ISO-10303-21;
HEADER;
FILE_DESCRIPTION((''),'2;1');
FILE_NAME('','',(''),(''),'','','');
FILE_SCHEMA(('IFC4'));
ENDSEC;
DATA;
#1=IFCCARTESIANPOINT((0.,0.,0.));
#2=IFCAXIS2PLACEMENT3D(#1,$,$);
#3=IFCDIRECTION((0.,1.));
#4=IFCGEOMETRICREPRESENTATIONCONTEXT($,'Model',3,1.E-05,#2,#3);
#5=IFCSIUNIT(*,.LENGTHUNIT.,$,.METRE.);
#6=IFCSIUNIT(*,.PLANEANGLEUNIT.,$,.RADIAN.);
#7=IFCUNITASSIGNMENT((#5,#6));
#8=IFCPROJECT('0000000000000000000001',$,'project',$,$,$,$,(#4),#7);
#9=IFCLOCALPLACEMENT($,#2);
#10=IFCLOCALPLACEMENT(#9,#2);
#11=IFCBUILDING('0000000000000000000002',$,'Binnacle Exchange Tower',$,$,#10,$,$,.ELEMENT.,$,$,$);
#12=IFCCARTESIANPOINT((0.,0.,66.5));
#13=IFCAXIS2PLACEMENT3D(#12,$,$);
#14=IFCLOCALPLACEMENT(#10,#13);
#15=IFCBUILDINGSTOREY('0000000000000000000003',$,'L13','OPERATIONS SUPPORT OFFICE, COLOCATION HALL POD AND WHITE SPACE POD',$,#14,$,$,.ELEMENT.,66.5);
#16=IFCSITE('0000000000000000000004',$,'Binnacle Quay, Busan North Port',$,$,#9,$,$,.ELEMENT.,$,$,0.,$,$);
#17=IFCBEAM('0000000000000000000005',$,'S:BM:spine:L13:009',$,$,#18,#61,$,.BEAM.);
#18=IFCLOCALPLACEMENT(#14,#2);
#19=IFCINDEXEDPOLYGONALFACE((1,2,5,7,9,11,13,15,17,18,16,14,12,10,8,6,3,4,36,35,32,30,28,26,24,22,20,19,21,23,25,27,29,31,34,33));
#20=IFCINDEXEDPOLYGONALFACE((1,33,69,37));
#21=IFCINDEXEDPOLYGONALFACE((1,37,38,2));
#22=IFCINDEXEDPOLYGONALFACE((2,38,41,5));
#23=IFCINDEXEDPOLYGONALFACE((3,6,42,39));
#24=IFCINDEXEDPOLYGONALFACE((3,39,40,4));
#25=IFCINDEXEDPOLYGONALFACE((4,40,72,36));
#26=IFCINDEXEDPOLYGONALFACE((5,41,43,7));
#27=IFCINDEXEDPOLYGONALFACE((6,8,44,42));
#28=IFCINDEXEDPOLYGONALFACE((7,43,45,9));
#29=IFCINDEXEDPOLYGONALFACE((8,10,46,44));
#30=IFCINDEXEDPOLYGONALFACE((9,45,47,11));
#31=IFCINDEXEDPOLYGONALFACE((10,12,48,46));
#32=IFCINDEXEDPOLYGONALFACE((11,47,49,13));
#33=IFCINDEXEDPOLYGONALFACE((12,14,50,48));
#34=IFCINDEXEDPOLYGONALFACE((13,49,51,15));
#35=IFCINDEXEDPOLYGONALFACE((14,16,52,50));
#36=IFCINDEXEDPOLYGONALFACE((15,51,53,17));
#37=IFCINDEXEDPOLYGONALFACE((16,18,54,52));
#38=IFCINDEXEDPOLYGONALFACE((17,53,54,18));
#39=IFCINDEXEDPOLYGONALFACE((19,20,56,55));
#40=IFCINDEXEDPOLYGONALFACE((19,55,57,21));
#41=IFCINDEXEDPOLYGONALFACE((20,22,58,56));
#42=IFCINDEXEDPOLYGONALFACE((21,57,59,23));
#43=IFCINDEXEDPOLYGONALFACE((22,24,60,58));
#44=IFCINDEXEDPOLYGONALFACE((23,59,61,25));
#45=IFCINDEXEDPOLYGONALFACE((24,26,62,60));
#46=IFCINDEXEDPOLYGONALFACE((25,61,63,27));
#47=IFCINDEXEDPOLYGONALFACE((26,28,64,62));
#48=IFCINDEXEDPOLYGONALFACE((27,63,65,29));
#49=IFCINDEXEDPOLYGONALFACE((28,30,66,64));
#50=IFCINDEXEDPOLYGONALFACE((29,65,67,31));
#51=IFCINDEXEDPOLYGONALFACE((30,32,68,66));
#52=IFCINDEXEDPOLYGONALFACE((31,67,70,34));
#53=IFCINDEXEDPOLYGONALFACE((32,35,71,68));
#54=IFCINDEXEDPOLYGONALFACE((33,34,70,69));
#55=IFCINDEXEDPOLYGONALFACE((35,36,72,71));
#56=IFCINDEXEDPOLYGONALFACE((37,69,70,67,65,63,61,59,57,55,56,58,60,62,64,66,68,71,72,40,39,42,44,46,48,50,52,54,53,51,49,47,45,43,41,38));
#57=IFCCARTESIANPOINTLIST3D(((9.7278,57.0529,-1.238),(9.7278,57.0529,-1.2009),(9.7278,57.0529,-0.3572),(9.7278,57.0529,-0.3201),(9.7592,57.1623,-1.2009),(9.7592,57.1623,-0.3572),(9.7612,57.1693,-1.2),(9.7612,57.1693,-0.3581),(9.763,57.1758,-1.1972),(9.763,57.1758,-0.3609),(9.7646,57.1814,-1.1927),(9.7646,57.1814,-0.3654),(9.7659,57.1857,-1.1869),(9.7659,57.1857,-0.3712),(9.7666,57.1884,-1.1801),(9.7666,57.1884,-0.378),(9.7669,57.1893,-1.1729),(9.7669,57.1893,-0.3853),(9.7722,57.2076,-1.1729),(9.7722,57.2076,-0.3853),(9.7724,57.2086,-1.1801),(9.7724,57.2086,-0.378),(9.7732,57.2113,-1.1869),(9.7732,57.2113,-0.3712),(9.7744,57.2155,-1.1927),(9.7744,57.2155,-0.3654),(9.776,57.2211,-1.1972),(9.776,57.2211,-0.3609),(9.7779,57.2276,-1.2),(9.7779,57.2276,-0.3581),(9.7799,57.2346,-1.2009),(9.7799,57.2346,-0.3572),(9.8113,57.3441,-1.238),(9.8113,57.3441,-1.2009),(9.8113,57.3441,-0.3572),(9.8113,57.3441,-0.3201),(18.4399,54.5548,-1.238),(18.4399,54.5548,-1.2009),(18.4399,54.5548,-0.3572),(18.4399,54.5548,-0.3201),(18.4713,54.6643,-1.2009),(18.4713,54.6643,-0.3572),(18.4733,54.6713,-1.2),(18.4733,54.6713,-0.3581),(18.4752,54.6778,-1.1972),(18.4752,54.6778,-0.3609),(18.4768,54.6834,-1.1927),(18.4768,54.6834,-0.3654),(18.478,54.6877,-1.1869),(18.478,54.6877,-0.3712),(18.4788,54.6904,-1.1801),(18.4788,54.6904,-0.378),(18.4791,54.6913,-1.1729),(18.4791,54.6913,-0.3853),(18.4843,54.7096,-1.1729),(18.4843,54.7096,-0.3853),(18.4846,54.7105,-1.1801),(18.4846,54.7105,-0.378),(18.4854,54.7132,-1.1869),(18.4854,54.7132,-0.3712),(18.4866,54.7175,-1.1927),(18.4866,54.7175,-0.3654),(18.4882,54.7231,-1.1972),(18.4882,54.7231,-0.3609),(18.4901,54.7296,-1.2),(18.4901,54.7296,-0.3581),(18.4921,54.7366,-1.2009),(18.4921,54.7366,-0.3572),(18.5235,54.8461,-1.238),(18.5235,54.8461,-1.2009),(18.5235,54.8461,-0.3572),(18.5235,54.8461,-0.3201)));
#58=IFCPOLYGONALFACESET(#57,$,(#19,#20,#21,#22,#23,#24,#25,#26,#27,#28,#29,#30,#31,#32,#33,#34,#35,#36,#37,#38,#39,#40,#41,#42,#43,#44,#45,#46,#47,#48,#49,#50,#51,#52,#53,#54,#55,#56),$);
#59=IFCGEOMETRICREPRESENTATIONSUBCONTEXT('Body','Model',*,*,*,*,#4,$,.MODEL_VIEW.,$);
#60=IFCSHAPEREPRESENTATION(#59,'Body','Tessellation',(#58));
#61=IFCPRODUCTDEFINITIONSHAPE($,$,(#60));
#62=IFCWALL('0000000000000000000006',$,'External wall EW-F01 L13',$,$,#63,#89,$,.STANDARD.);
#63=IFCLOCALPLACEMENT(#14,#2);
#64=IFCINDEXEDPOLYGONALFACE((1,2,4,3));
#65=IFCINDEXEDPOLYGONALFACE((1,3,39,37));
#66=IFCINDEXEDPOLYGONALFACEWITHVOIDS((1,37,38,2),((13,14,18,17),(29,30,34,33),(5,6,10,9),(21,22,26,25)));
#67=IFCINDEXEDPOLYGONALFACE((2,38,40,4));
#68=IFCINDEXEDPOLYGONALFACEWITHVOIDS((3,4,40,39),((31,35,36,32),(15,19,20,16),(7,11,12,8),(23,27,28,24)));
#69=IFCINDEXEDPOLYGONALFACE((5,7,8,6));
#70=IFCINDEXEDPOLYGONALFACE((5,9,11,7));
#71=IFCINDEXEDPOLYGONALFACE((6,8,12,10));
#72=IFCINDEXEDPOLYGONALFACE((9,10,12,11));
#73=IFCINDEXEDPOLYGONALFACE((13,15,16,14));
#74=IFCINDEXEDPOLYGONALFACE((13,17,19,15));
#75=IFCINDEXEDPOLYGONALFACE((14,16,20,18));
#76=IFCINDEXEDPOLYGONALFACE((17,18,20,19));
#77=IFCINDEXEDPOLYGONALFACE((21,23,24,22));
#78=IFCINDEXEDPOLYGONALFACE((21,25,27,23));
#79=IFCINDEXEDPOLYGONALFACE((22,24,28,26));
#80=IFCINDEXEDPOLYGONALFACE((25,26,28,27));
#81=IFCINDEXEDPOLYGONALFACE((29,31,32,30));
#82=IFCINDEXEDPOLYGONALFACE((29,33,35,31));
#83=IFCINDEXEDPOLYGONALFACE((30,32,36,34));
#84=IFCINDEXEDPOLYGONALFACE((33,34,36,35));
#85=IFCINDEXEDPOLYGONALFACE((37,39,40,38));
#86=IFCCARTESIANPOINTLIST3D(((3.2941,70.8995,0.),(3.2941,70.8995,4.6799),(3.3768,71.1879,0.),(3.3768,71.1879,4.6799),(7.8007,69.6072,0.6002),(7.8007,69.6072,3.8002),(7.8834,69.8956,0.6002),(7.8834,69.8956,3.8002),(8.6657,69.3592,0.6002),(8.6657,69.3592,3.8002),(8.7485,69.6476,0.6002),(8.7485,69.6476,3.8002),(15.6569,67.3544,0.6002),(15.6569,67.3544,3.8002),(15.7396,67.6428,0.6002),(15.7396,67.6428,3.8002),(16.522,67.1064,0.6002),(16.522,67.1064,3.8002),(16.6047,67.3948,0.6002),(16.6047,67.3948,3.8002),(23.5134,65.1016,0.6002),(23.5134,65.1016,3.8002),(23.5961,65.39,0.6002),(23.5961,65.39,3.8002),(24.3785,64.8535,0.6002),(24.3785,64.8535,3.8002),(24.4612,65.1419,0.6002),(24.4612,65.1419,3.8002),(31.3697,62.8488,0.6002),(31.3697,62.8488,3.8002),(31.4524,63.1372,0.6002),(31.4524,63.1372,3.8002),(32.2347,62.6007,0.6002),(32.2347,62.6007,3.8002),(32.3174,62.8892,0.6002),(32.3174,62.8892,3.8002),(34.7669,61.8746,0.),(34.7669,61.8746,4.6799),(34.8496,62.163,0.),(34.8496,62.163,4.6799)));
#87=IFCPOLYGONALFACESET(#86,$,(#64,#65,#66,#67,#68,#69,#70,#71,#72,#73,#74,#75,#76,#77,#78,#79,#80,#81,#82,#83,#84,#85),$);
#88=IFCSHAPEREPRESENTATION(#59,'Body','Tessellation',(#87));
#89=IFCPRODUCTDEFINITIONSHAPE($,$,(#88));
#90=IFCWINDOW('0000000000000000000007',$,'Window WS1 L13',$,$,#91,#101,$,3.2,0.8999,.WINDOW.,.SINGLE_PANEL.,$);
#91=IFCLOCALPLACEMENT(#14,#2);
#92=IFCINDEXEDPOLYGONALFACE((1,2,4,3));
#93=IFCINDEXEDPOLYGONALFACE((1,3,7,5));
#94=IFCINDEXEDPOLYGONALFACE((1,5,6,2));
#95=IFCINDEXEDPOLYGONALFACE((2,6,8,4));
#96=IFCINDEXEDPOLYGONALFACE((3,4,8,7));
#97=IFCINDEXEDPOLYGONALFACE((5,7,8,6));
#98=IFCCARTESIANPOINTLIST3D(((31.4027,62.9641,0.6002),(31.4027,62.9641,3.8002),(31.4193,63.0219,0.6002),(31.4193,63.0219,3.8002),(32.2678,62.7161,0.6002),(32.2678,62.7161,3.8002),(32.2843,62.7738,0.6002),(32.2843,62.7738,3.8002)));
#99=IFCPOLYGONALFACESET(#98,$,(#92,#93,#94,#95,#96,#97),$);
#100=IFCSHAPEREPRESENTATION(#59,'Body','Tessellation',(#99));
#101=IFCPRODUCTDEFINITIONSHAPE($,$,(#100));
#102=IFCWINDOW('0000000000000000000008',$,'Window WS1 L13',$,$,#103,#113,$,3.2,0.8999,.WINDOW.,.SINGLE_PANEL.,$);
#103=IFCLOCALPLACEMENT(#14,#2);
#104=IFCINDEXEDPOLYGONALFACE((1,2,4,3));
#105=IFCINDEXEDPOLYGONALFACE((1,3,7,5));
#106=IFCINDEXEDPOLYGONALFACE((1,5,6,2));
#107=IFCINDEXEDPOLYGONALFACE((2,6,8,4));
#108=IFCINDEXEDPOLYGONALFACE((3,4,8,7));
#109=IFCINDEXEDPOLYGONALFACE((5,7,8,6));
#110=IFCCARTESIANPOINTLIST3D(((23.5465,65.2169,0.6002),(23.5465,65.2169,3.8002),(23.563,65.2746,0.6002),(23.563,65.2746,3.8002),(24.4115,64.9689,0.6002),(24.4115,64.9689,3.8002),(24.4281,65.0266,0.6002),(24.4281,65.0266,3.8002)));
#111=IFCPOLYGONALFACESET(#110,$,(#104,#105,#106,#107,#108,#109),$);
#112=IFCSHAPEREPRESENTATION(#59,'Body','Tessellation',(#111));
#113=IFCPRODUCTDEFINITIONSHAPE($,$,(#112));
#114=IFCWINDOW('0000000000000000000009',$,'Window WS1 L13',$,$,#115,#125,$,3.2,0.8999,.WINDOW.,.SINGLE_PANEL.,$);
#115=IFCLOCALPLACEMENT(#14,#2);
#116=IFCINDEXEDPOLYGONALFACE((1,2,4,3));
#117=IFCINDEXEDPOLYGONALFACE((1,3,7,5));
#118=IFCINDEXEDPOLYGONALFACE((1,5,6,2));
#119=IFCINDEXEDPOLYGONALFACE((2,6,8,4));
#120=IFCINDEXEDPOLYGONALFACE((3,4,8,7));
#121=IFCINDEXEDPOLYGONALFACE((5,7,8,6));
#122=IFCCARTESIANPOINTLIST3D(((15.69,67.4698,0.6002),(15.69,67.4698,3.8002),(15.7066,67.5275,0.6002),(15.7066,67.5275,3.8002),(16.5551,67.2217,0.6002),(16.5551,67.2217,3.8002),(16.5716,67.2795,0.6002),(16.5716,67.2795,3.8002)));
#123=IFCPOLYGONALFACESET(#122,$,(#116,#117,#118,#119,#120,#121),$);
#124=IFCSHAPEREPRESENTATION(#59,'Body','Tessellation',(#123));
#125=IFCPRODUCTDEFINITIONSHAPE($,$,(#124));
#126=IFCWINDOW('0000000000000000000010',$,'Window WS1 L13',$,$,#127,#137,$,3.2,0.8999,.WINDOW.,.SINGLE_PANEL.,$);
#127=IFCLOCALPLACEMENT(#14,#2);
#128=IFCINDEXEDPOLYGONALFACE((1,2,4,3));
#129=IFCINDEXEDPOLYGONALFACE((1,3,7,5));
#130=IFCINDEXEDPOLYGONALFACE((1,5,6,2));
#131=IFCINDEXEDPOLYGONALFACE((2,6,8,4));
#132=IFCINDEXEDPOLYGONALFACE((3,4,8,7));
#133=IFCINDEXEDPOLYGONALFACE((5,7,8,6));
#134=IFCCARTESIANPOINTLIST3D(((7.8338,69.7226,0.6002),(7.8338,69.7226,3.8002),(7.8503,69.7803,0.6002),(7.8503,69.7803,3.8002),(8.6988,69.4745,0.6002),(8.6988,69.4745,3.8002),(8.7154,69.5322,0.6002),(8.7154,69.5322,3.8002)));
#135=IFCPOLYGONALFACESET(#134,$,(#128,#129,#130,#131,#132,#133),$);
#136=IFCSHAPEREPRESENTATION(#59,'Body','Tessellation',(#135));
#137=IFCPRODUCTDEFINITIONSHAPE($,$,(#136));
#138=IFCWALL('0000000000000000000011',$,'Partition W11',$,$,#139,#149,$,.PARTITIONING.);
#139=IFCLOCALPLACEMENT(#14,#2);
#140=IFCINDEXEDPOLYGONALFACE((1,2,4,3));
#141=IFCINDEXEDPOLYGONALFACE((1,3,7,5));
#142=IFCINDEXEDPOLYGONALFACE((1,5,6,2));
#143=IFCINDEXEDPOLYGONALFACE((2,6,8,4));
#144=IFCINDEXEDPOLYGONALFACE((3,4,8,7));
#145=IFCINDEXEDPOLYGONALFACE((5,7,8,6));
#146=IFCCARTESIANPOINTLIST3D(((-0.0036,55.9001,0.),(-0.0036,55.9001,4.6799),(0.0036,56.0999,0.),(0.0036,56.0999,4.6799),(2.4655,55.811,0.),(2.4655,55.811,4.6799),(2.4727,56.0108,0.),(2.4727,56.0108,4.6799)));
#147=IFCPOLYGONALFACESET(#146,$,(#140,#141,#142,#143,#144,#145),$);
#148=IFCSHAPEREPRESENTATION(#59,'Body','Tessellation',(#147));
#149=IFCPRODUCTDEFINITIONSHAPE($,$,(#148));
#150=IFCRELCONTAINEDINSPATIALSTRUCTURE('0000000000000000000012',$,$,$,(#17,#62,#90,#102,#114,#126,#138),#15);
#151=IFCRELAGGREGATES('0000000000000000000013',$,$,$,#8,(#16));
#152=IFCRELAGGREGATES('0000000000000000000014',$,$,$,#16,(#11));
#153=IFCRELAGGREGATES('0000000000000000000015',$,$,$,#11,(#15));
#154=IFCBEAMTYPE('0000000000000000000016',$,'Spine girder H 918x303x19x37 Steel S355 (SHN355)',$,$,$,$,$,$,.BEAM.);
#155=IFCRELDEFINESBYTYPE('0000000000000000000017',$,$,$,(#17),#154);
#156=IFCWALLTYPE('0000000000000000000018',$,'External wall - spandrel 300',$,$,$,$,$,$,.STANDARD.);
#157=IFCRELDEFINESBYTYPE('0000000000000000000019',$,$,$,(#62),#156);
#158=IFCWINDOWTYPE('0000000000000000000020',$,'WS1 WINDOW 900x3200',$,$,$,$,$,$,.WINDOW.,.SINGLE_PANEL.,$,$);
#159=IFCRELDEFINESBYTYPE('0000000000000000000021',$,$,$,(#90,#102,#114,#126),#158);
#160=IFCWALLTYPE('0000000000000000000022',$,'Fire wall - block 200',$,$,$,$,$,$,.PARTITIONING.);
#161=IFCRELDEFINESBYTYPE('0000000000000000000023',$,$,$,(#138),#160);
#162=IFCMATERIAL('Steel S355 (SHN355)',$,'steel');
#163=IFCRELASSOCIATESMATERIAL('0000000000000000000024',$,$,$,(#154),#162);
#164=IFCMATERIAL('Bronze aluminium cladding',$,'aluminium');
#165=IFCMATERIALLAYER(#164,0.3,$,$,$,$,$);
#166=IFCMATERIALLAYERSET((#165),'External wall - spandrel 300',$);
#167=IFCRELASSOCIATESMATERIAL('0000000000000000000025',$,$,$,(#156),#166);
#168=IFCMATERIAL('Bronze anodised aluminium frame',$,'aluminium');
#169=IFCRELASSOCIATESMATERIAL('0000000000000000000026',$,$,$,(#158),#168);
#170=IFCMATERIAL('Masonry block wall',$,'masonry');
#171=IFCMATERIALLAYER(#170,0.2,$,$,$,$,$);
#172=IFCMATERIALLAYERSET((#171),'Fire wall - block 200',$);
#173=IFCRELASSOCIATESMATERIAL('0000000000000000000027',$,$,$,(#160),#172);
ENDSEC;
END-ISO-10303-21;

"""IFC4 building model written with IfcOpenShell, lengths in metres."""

from ifc_helpers import new_model, si_unit, direction, frame, frame_2d, origin, origin_2d, place, context, subcontext, project, spatial, rectangle, i_section, extrude, material, layer, layer_set, material_profile, profile_set, type_object, element, fill, save


model = new_model("IFC4")

# Units and contexts
model_context = context("Model", 3, precision=1e-05, world=origin(), true_north=direction((0.0, 1.0)))
body_context = subcontext(model_context, "Body", "Model", "MODEL_VIEW")
ifc_project = project(units=[si_unit("LENGTHUNIT", "METRE"), si_unit("PLANEANGLEUNIT", "RADIAN")], contexts=[model_context])

# Site, building, storey
site_placement = place(None, origin())
site = spatial("IfcSite", under=ifc_project, at=site_placement, Name="Binnacle Quay, Busan North Port", CompositionType="ELEMENT", RefElevation=0.0)
building_placement = place(site_placement, origin())
building = spatial("IfcBuilding", under=site, at=building_placement, Name="Binnacle Exchange Tower", CompositionType="ELEMENT")
storey_placement = place(building_placement, frame((0.0, 0.0, 66.5)))
storey = spatial("IfcBuildingStorey", under=building, at=storey_placement, Name="L13", Description="OPERATIONS SUPPORT OFFICE, COLOCATION HALL POD AND WHITE SPACE POD", CompositionType="ELEMENT", Elevation=66.5)

# Beam
ifc_material_1 = material(Name="Steel S355 (SHN355)", Category="steel")
ifc_material_profile_1 = material_profile(ifc_material_1, i_section(OverallWidth=0.303, OverallDepth=0.918, WebThickness=0.019, FlangeThickness=0.0371, FilletRadius=0.0281, at=origin_2d()), Name="H 918x303x19x37")
ifc_profile_set_1 = profile_set([ifc_material_profile_1], Name="Steel S355 (SHN355)")
beam_type_1 = type_object("IfcBeamType", Name="Spine girder H 918x303x19x37 Steel S355 (SHN355)", PredefinedType="BEAM", material=ifc_profile_set_1)
beam_1_placement = place(storey_placement, frame((9.7695, 57.1985, -0.7791), z_axis=(0.961265, -0.275625, 0.0), x_axis=(0.275625, 0.961265, 0.0)))
element("IfcBeam", 1, at=beam_1_placement, inside=storey, type_object=beam_type_1, Name="S:BM:spine:L13:009", PredefinedType="BEAM", context=body_context, shape_type="SweptSolid", body=[
    extrude(i_section(OverallWidth=0.303, OverallDepth=0.918, WebThickness=0.019, FlangeThickness=0.0371, FilletRadius=0.0281, at=origin_2d()), origin(), (0.0, 0.0, 1.0), 9.0632),
])

# Wall, openings, windows
ifc_material_2 = material(Name="Bronze aluminium cladding", Category="aluminium")
ifc_layer_1 = layer(ifc_material_2, 0.3)
ifc_layer_set_1 = layer_set([ifc_layer_1], Name="External wall - spandrel 300")
wall_type_1 = type_object("IfcWallType", Name="External wall - spandrel 300", PredefinedType="STANDARD", material=ifc_layer_set_1)
wall_1_placement = place(storey_placement, frame((3.3354, 71.0437, 0.0), z_axis=(0.0, 0.0, 1.0), x_axis=(0.96126, -0.275643, 0.0)))
wall_1 = element("IfcWall", 2, at=wall_1_placement, inside=storey, type_object=wall_type_1, Name="External wall EW-F01 L13", PredefinedType="STANDARD", context=body_context, shape_type="SweptSolid", body=[
    extrude(rectangle(XDim=32.7412, YDim=0.3, at=frame_2d((16.3706, 0.0))), origin(), (0.0, 0.0, 1.0), 4.6799),
])
opening_1_placement = place(wall_1_placement, frame((29.207, 0.0, 0.6001)))
opening_1 = element("IfcOpeningElement", 3, at=opening_1_placement, cuts=wall_1, PredefinedType="OPENING", context=body_context, shape_type="SweptSolid", body=[
    extrude(rectangle(XDim=0.8999, YDim=3.2, at=frame_2d((0.45, 1.6001))), frame((0.0, 0.1599, 0.0), z_axis=(0.0, -1.0, 0.0), x_axis=(1.0, 0.0, 0.0)), (0.0, 0.0, 1.0), 0.3201),
])
opening_2_placement = place(wall_1_placement, frame((21.0342, 0.0, 0.6001)))
opening_2 = element("IfcOpeningElement", 4, at=opening_2_placement, cuts=wall_1, PredefinedType="OPENING", context=body_context, shape_type="SweptSolid", body=[
    extrude(rectangle(XDim=0.8999, YDim=3.2, at=frame_2d((0.45, 1.6001))), frame((0.0, 0.1599, 0.0), z_axis=(0.0, -1.0, 0.0), x_axis=(1.0, 0.0, 0.0)), (0.0, 0.0, 1.0), 0.3201),
])
opening_3_placement = place(wall_1_placement, frame((12.8611, 0.0, 0.6001)))
opening_3 = element("IfcOpeningElement", 5, at=opening_3_placement, cuts=wall_1, PredefinedType="OPENING", context=body_context, shape_type="SweptSolid", body=[
    extrude(rectangle(XDim=0.8999, YDim=3.2, at=frame_2d((0.45, 1.6001))), frame((0.0, 0.1599, 0.0), z_axis=(0.0, -1.0, 0.0), x_axis=(1.0, 0.0, 0.0)), (0.0, 0.0, 1.0), 0.3201),
])
opening_4_placement = place(wall_1_placement, frame((4.6882, 0.0, 0.6001)))
opening_4 = element("IfcOpeningElement", 6, at=opening_4_placement, cuts=wall_1, PredefinedType="OPENING", context=body_context, shape_type="SweptSolid", body=[
    extrude(rectangle(XDim=0.8999, YDim=3.2, at=frame_2d((0.45, 1.6001))), frame((0.0, 0.1599, 0.0), z_axis=(0.0, -1.0, 0.0), x_axis=(1.0, 0.0, 0.0)), (0.0, 0.0, 1.0), 0.3201),
])
ifc_material_3 = material(Name="Bronze anodised aluminium frame", Category="aluminium")
window_type = type_object("IfcWindowType", Name="WS1 WINDOW 900x3200", PartitioningType="SINGLE_PANEL", PredefinedType="WINDOW", material=ifc_material_3)
window_1_placement = place(opening_1_placement, origin())
window_1 = element("IfcWindow", 7, at=window_1_placement, inside=storey, type_object=window_type, Name="Window WS1 L13", OverallHeight=3.2, OverallWidth=0.8999, PartitioningType="SINGLE_PANEL", PredefinedType="WINDOW", context=body_context, shape_type="SweptSolid", body=[
    extrude(rectangle(XDim=0.8999, YDim=3.2, at=frame_2d((0.45, 1.6001))), frame((0.0, 0.03, 0.0), z_axis=(0.0, -1.0, 0.0), x_axis=(1.0, 0.0, 0.0)), (0.0, 0.0, 1.0), 0.0601),
])
fill(opening_1, window_1)
window_2_placement = place(opening_2_placement, origin())
window_2 = element("IfcWindow", 8, at=window_2_placement, inside=storey, type_object=window_type, Name="Window WS1 L13", OverallHeight=3.2, OverallWidth=0.8999, PartitioningType="SINGLE_PANEL", PredefinedType="WINDOW", context=body_context, shape_type="SweptSolid", body=[
    extrude(rectangle(XDim=0.8999, YDim=3.2, at=frame_2d((0.45, 1.6001))), frame((0.0, 0.03, 0.0), z_axis=(0.0, -1.0, 0.0), x_axis=(1.0, 0.0, 0.0)), (0.0, 0.0, 1.0), 0.0601),
])
fill(opening_2, window_2)
window_3_placement = place(opening_3_placement, origin())
window_3 = element("IfcWindow", 9, at=window_3_placement, inside=storey, type_object=window_type, Name="Window WS1 L13", OverallHeight=3.2, OverallWidth=0.8999, PartitioningType="SINGLE_PANEL", PredefinedType="WINDOW", context=body_context, shape_type="SweptSolid", body=[
    extrude(rectangle(XDim=0.8999, YDim=3.2, at=frame_2d((0.45, 1.6001))), frame((0.0, 0.03, 0.0), z_axis=(0.0, -1.0, 0.0), x_axis=(1.0, 0.0, 0.0)), (0.0, 0.0, 1.0), 0.0601),
])
fill(opening_3, window_3)
window_4_placement = place(opening_4_placement, origin())
window_4 = element("IfcWindow", 10, at=window_4_placement, inside=storey, type_object=window_type, Name="Window WS1 L13", OverallHeight=3.2, OverallWidth=0.8999, PartitioningType="SINGLE_PANEL", PredefinedType="WINDOW", context=body_context, shape_type="SweptSolid", body=[
    extrude(rectangle(XDim=0.8999, YDim=3.2, at=frame_2d((0.45, 1.6001))), frame((0.0, 0.03, 0.0), z_axis=(0.0, -1.0, 0.0), x_axis=(1.0, 0.0, 0.0)), (0.0, 0.0, 1.0), 0.0601),
])
fill(opening_4, window_4)

# Wall
ifc_material_4 = material(Name="Masonry block wall", Category="masonry")
ifc_layer_2 = layer(ifc_material_4, 0.2)
ifc_layer_set_2 = layer_set([ifc_layer_2], Name="Fire wall - block 200")
wall_type_2 = type_object("IfcWallType", Name="Fire wall - block 200", PredefinedType="PARTITIONING", material=ifc_layer_set_2)
wall_2_placement = place(storey_placement, frame((0.0, 56.0, 0.0), z_axis=(0.0, 0.0, 1.0), x_axis=(0.999349, -0.036069, 0.0)))
element("IfcWall", 11, at=wall_2_placement, inside=storey, type_object=wall_type_2, Name="Partition W11", PredefinedType="PARTITIONING", context=body_context, shape_type="SweptSolid", body=[
    extrude(rectangle(XDim=2.4707, YDim=0.2, at=frame_2d((1.2354, 0.0))), origin(), (0.0, 0.0, 1.0), 4.6799),
])

save(model, "model.ifc")
